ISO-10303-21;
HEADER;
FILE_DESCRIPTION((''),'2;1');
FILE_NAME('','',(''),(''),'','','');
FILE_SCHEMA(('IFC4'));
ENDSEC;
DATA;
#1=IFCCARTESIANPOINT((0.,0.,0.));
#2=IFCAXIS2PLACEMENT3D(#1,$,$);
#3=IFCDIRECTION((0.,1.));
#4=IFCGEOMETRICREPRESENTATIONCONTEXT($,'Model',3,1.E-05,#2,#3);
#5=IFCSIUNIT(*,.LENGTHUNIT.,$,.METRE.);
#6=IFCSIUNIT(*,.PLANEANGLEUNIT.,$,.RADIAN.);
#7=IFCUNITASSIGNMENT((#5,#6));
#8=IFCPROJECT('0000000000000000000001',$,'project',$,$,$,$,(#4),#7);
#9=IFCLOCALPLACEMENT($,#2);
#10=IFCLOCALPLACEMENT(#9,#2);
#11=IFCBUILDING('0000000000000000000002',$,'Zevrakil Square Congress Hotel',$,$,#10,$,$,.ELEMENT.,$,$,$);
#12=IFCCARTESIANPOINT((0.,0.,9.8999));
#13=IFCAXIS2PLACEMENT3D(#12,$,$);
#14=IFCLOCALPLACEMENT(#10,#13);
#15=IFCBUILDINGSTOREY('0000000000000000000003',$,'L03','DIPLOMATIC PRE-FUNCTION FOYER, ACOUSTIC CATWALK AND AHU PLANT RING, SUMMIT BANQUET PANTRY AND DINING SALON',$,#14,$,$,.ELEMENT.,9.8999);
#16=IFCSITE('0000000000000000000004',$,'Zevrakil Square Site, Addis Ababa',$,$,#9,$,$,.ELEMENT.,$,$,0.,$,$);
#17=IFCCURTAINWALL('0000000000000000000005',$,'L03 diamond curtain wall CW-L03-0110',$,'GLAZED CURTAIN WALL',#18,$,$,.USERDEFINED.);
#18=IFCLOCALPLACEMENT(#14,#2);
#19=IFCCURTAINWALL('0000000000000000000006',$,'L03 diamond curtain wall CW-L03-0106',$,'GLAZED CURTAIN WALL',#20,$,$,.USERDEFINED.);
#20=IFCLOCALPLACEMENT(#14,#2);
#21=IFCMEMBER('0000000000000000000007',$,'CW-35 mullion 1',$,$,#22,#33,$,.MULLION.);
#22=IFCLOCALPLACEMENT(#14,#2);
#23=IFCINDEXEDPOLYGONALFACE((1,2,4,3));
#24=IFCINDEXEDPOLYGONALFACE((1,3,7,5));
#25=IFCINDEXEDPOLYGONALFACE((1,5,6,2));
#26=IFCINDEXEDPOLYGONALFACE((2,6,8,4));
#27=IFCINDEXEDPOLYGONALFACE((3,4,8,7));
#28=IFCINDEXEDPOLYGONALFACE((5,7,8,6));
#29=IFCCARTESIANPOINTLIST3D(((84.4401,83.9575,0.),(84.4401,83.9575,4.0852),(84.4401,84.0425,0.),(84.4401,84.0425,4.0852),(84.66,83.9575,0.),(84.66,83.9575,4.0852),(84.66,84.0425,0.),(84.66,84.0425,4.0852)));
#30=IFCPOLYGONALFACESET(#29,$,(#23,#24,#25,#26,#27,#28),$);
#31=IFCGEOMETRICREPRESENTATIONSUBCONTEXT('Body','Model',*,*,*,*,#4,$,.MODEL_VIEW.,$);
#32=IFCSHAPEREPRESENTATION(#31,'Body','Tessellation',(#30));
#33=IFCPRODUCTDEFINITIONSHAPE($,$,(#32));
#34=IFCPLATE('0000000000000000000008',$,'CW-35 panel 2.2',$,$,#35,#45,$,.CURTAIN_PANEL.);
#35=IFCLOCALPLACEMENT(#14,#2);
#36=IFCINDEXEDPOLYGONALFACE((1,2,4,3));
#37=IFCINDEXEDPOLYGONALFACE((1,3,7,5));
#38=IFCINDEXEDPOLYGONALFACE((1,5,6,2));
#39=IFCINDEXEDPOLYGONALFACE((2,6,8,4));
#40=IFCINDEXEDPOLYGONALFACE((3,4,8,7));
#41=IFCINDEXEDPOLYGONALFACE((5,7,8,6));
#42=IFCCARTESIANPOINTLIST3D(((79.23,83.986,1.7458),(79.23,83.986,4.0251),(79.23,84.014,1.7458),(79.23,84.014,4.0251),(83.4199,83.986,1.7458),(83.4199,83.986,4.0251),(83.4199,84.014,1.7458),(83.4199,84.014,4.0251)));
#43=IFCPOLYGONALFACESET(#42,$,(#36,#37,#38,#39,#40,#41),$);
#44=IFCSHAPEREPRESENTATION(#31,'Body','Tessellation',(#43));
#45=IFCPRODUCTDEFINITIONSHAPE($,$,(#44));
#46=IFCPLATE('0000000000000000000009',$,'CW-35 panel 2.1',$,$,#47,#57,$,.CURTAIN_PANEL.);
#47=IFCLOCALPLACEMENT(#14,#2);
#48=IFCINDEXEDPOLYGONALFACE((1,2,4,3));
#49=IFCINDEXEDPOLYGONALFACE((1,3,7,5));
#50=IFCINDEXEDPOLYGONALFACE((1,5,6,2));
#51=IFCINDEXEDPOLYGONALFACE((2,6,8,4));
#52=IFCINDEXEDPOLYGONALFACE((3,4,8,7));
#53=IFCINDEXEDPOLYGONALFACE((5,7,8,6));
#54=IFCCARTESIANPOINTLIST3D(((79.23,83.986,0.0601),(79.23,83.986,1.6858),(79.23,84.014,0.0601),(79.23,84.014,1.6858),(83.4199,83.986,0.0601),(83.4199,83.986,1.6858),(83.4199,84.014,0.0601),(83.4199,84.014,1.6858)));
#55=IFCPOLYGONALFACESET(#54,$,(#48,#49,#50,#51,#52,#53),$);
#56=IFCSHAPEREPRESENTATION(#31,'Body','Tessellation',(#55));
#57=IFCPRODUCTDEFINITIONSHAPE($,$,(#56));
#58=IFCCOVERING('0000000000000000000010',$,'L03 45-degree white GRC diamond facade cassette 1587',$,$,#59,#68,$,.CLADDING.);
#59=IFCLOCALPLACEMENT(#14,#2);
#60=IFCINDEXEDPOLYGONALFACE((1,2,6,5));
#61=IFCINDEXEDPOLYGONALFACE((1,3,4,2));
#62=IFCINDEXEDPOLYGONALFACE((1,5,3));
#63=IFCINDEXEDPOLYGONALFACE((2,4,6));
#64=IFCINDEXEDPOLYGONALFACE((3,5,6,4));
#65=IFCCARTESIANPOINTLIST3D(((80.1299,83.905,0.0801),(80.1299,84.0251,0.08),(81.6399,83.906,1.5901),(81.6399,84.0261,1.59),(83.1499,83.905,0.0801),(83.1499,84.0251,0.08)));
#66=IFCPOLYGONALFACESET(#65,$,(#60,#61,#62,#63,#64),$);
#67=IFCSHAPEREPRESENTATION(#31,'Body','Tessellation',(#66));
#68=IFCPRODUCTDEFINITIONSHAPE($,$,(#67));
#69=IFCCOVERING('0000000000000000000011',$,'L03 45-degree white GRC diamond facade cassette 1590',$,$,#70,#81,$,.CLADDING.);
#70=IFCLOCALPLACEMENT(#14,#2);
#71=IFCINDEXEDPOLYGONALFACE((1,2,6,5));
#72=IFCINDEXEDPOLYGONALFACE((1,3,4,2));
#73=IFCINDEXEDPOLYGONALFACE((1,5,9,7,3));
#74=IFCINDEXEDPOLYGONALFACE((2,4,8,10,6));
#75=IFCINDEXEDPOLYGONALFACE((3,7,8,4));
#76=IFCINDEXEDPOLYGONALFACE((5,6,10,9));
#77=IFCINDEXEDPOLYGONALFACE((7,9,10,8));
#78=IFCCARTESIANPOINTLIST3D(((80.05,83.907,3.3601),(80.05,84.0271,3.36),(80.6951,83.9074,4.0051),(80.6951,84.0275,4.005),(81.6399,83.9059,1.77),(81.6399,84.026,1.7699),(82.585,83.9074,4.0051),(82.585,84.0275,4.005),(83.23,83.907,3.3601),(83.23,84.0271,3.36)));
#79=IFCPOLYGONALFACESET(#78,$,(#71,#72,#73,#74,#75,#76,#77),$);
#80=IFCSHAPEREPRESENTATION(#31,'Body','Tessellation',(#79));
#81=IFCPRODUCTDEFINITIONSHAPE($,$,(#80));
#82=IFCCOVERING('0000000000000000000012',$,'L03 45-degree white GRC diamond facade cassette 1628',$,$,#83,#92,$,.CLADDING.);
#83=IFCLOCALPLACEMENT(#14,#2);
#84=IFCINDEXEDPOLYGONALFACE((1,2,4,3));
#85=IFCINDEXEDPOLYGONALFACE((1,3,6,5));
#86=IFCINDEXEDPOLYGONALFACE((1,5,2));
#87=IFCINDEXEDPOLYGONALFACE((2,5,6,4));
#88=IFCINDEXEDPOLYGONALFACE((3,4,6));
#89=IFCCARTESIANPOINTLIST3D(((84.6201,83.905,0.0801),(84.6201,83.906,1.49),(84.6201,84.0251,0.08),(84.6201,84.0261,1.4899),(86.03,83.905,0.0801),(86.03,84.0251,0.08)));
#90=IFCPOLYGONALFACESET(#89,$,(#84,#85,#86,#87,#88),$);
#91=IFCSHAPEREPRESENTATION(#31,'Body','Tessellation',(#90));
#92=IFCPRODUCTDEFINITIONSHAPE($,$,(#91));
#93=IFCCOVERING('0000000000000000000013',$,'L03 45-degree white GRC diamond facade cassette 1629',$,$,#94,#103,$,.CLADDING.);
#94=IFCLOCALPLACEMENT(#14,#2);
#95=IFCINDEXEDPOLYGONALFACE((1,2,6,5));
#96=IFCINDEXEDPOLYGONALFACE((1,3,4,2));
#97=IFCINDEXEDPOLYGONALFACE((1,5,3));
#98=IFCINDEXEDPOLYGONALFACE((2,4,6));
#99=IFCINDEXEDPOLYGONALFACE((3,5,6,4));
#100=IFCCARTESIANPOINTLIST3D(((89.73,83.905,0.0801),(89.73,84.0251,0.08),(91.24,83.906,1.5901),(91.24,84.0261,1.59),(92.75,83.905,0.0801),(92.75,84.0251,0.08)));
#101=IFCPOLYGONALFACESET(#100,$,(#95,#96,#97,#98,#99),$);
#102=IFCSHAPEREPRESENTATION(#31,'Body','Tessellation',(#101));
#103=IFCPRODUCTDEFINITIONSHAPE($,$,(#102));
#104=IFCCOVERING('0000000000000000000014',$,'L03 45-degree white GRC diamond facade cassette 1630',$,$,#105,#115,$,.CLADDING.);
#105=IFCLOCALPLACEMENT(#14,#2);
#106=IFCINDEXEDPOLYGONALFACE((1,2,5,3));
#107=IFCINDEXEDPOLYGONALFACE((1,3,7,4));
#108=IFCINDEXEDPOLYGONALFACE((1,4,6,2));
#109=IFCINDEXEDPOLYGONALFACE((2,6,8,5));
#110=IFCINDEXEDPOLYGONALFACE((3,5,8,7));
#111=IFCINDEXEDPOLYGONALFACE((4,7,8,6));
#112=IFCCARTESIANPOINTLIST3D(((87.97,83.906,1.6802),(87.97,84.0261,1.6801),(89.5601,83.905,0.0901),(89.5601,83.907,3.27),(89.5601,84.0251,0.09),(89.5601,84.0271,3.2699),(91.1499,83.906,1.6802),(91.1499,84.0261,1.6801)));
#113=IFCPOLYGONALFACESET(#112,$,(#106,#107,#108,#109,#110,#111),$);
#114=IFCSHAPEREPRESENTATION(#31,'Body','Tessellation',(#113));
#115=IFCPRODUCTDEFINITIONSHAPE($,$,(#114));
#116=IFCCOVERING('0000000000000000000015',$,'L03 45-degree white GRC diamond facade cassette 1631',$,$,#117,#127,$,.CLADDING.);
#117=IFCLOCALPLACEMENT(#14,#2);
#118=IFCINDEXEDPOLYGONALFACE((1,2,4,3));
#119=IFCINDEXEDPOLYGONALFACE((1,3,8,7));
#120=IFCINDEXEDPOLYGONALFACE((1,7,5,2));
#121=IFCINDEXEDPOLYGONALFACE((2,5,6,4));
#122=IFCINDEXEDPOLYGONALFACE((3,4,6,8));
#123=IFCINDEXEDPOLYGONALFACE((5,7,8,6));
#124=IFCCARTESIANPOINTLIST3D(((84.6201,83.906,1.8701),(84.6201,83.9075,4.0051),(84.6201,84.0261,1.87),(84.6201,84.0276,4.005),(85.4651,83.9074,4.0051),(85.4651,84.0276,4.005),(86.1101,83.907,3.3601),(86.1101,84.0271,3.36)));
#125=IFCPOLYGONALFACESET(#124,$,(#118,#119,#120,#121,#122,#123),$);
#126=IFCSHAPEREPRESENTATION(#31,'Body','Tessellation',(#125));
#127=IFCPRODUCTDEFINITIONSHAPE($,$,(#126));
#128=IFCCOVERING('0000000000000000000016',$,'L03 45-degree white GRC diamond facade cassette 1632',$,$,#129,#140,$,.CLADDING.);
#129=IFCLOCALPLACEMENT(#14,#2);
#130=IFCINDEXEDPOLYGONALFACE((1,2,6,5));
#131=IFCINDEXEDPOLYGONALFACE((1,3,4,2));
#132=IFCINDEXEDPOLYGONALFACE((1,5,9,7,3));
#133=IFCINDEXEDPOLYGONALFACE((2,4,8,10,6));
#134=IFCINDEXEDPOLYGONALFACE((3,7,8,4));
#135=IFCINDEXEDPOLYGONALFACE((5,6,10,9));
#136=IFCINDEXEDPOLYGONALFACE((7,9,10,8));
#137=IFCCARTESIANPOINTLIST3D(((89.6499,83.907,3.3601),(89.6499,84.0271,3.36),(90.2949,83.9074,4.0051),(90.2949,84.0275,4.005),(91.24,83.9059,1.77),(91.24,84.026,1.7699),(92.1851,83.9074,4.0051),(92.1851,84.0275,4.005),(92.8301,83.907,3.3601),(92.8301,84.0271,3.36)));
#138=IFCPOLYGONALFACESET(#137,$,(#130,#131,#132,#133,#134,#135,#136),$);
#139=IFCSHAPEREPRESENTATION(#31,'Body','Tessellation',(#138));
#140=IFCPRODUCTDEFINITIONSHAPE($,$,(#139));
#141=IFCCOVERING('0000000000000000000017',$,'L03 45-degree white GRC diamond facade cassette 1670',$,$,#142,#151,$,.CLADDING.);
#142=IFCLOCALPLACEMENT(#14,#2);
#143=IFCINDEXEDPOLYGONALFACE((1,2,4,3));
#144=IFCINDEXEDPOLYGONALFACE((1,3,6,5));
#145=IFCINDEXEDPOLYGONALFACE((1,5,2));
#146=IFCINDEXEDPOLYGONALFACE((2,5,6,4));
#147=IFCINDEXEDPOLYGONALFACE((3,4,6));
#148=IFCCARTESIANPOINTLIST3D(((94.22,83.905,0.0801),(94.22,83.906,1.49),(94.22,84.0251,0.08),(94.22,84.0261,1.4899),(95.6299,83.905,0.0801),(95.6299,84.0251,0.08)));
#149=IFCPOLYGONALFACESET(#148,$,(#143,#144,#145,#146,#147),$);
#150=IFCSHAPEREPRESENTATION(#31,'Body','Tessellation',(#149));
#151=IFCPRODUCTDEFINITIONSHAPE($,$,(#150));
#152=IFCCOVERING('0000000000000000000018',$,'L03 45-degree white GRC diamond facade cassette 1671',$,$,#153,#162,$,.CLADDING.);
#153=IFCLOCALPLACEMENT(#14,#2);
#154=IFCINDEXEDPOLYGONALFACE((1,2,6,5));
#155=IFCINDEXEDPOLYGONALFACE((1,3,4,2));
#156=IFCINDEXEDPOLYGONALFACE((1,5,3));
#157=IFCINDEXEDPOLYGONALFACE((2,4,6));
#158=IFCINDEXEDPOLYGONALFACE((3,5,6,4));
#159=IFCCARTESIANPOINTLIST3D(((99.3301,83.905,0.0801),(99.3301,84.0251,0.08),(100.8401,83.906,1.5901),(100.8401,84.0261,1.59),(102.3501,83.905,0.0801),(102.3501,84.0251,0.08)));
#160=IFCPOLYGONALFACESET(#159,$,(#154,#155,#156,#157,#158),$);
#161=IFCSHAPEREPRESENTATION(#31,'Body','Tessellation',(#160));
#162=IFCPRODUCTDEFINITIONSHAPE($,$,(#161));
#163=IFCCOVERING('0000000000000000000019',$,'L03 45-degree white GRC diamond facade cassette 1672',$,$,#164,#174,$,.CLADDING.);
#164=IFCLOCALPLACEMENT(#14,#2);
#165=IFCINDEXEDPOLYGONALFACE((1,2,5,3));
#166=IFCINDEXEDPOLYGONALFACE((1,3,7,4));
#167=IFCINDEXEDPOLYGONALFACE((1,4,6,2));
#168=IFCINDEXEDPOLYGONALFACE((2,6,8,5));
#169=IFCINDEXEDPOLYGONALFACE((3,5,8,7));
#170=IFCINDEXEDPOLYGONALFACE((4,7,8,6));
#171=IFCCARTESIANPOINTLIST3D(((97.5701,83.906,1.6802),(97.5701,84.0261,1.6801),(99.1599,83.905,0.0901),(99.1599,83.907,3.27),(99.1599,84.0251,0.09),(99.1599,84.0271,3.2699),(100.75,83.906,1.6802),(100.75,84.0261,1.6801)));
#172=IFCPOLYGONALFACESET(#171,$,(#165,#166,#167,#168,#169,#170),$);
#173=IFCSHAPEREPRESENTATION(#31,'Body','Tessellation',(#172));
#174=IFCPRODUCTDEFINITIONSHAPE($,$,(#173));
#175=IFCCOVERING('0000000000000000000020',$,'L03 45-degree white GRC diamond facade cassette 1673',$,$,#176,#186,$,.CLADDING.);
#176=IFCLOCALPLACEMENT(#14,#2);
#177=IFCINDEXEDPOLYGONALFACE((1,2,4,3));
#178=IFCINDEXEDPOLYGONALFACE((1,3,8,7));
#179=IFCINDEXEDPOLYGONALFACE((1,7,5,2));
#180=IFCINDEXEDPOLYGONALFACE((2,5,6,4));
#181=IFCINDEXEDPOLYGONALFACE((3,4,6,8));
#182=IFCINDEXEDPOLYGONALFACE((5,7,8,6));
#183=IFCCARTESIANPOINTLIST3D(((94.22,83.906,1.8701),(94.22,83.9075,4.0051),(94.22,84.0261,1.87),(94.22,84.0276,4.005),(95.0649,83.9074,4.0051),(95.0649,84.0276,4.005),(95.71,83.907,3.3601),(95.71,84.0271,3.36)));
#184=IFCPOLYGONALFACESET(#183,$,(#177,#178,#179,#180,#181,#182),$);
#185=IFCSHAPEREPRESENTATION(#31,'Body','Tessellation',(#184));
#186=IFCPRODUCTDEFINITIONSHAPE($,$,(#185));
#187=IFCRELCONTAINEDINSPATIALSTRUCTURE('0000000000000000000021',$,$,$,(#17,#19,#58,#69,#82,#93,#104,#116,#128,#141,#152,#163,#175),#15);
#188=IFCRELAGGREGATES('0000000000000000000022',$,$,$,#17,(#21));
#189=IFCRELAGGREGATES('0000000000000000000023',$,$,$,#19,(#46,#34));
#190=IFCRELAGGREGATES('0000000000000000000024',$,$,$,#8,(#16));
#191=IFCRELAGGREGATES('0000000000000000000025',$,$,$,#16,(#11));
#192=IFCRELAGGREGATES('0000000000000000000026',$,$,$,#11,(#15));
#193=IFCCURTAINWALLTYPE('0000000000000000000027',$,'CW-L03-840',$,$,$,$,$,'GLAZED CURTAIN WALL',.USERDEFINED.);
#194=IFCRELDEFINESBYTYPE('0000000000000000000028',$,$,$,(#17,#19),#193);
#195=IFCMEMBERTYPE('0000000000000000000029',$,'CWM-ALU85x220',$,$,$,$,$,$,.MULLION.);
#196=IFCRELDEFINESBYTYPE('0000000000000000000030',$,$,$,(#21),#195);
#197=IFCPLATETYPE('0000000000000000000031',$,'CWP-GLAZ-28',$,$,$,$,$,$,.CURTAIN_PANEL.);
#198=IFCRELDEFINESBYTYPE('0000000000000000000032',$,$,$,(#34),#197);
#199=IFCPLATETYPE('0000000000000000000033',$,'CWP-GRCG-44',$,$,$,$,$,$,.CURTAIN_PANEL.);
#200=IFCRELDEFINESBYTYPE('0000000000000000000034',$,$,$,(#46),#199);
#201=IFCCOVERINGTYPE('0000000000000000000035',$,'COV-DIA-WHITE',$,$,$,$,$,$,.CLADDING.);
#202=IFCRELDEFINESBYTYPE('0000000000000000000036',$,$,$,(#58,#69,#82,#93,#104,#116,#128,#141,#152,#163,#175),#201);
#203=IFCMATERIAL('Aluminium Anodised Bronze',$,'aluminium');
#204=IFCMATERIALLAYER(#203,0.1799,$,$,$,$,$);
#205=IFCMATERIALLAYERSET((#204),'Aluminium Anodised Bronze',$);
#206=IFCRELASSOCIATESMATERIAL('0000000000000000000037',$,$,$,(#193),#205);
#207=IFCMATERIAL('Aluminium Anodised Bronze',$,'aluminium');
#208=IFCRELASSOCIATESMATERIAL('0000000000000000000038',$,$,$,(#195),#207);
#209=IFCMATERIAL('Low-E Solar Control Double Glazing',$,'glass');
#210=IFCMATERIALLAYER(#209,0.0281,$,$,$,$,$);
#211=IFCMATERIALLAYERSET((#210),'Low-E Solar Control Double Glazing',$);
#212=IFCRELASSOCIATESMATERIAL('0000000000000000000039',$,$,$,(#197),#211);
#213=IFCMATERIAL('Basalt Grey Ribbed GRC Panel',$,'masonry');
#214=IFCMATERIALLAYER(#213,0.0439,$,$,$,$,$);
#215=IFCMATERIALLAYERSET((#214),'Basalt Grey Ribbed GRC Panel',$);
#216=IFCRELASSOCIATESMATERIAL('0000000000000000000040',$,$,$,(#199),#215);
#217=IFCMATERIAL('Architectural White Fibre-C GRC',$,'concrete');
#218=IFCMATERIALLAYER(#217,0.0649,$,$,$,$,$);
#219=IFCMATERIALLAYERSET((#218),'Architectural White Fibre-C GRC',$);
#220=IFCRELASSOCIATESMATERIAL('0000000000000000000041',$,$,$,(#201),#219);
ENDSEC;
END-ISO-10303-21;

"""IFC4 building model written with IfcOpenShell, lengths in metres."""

from ifc_helpers import new_model, si_unit, direction, frame, origin, origin_2d, place, context, subcontext, project, spatial, polyline, rectangle, outline, extrude, material, layer, layer_set, material_profile, profile_set, type_object, element, aggregate, save


model = new_model("IFC4")

# Units and contexts
model_context = context("Model", 3, precision=1e-05, world=origin(), true_north=direction((0.0, 1.0)))
body_context = subcontext(model_context, "Body", "Model", "MODEL_VIEW")
ifc_project = project(units=[si_unit("LENGTHUNIT", "METRE"), si_unit("PLANEANGLEUNIT", "RADIAN")], contexts=[model_context])

# Site, building, storey
site_placement = place(None, origin())
site = spatial("IfcSite", under=ifc_project, at=site_placement, Name="Zevrakil Square Site, Addis Ababa", CompositionType="ELEMENT", RefElevation=0.0)
building_placement = place(site_placement, origin())
building = spatial("IfcBuilding", under=site, at=building_placement, Name="Zevrakil Square Congress Hotel", CompositionType="ELEMENT")
storey_placement = place(building_placement, frame((0.0, 0.0, 9.8999)))
storey = spatial("IfcBuildingStorey", under=building, at=storey_placement, Name="L03", Description="DIPLOMATIC PRE-FUNCTION FOYER, ACOUSTIC CATWALK AND AHU PLANT RING, SUMMIT BANQUET PANTRY AND DINING SALON", CompositionType="ELEMENT", Elevation=9.8999)

# Curtain wall
ifc_material_1 = material(Name="Aluminium Anodised Bronze", Category="aluminium")
ifc_layer_1 = layer(ifc_material_1, 0.1799)
ifc_layer_set_1 = layer_set([ifc_layer_1], Name="Aluminium Anodised Bronze")
curtain_wall_type = type_object("IfcCurtainWallType", Name="CW-L03-840", ElementType="GLAZED CURTAIN WALL", PredefinedType="USERDEFINED", material=ifc_layer_set_1)
curtain_wall_1_placement = place(storey_placement, origin())
curtain_wall_1 = element("IfcCurtainWall", 1, at=curtain_wall_1_placement, inside=storey, type_object=curtain_wall_type, Name="L03 diamond curtain wall CW-L03-0110", ObjectType="GLAZED CURTAIN WALL", PredefinedType="USERDEFINED")

# Curtain wall
curtain_wall_2_placement = place(storey_placement, origin())
curtain_wall_2 = element("IfcCurtainWall", 2, at=curtain_wall_2_placement, inside=storey, type_object=curtain_wall_type, Name="L03 diamond curtain wall CW-L03-0106", ObjectType="GLAZED CURTAIN WALL", PredefinedType="USERDEFINED")
ifc_material_2 = material(Name="Aluminium Anodised Bronze", Category="aluminium")
ifc_material_profile_1 = material_profile(ifc_material_2, rectangle(XDim=0.085, YDim=0.22, at=origin_2d()), Name="ALU 85x220")
ifc_profile_set_1 = profile_set([ifc_material_profile_1], Name="Aluminium Anodised Bronze")
member_type_1 = type_object("IfcMemberType", Name="CWM-ALU85x220", PredefinedType="MULLION", material=ifc_profile_set_1)

# Member
member_1_placement = place(storey_placement, frame((84.55, 84.0, 0.0), z_axis=(0.0, 0.0, 1.0), x_axis=(0.0, 1.0, 0.0)))
member_1 = element("IfcMember", 3, at=member_1_placement, type_object=member_type_1, Name="CW-35 mullion 1", PredefinedType="MULLION", context=body_context, shape_type="SweptSolid", body=[
    extrude(rectangle(XDim=0.085, YDim=0.22, at=origin_2d()), origin(), (0.0, 0.0, 1.0), 4.0852),
])
aggregate(curtain_wall_1, [member_1])

# Plates
ifc_material_3 = material(Name="Low-E Solar Control Double Glazing", Category="glass")
ifc_layer_2 = layer(ifc_material_3, 0.0281)
ifc_layer_set_2 = layer_set([ifc_layer_2], Name="Low-E Solar Control Double Glazing")
plate_type_1 = type_object("IfcPlateType", Name="CWP-GLAZ-28", PredefinedType="CURTAIN_PANEL", material=ifc_layer_set_2)
plate_1_placement = place(storey_placement, frame((81.325, 84.0, 1.7458), z_axis=(0.0, 0.0, 1.0), x_axis=(1.0, 0.0, 0.0)))
plate_1 = element("IfcPlate", 4, at=plate_1_placement, type_object=plate_type_1, Name="CW-35 panel 2.2", PredefinedType="CURTAIN_PANEL", context=body_context, shape_type="SweptSolid", body=[
    extrude(rectangle(XDim=4.1899, YDim=0.0281, at=origin_2d()), origin(), (0.0, 0.0, 1.0), 2.2793),
])
ifc_material_4 = material(Name="Basalt Grey Ribbed GRC Panel", Category="masonry")
ifc_layer_3 = layer(ifc_material_4, 0.0439)
ifc_layer_set_3 = layer_set([ifc_layer_3], Name="Basalt Grey Ribbed GRC Panel")
plate_type_2 = type_object("IfcPlateType", Name="CWP-GRCG-44", PredefinedType="CURTAIN_PANEL", material=ifc_layer_set_3)
plate_2_placement = place(storey_placement, frame((81.325, 84.0, 0.0601), z_axis=(0.0, 0.0, 1.0), x_axis=(1.0, 0.0, 0.0)))
plate_2 = element("IfcPlate", 5, at=plate_2_placement, type_object=plate_type_2, Name="CW-35 panel 2.1", PredefinedType="CURTAIN_PANEL", context=body_context, shape_type="SweptSolid", body=[
    extrude(rectangle(XDim=4.1899, YDim=0.0281, at=origin_2d()), origin(), (0.0, 0.0, 1.0), 1.6257),
])
aggregate(curtain_wall_2, [plate_2, plate_1])

# Coverings
ifc_material_5 = material(Name="Architectural White Fibre-C GRC", Category="concrete")
ifc_layer_4 = layer(ifc_material_5, 0.0649)
ifc_layer_set_4 = layer_set([ifc_layer_4], Name="Architectural White Fibre-C GRC")
covering_type_1 = type_object("IfcCoveringType", Name="COV-DIA-WHITE", PredefinedType="CLADDING", material=ifc_layer_set_4)
covering_1_placement = place(storey_placement, frame((81.6399, 83.906, 1.5901), z_axis=(0.0, -1.0, 0.000647), x_axis=(0.707107, -0.000457, -0.707107)))
element("IfcCovering", 6, at=covering_1_placement, inside=storey, type_object=covering_type_1, Name="L03 45-degree white GRC diamond facade cassette 1587", PredefinedType="CLADDING", context=body_context, shape_type="SweptSolid", body=[
    extrude(outline(polyline([(0.0, 0.0), (2.1355, 0.0), (0.0, -2.1355), (0.0, 0.0)])), origin(), (0.0, 0.0, -1.0), 0.1201),
])
covering_2_placement = place(storey_placement, frame((83.23, 83.907, 3.3601), z_axis=(0.0, -1.0, 0.00067), x_axis=(-0.707107, -0.000474, -0.707107)))
element("IfcCovering", 7, at=covering_2_placement, inside=storey, type_object=covering_type_1, Name="L03 45-degree white GRC diamond facade cassette 1590", PredefinedType="CLADDING", context=body_context, shape_type="SweptSolid", body=[
    extrude(outline(polyline([(0.0, 0.0), (2.2487, 0.0), (2.2486, -2.2486), (1.3364, -2.2486), (0.0, -0.9122), (0.0, 0.0)])), origin(), (0.0, 0.0, -1.0), 0.1201),
])
covering_3_placement = place(storey_placement, frame((86.03, 83.905, 0.0801), z_axis=(0.0, -1.0, 0.000693), x_axis=(-1.0, 0.0, 0.0)))
element("IfcCovering", 8, at=covering_3_placement, inside=storey, type_object=covering_type_1, Name="L03 45-degree white GRC diamond facade cassette 1628", PredefinedType="CLADDING", context=body_context, shape_type="SweptSolid", body=[
    extrude(outline(polyline([(0.0, 0.0), (1.4099, 0.0), (1.4099, -1.4099), (0.0, 0.0)])), origin(), (0.0, 0.0, -1.0), 0.1201),
])
covering_4_placement = place(storey_placement, frame((91.24, 83.906, 1.5901), z_axis=(0.0, -1.0, 0.000647), x_axis=(0.707107, -0.000457, -0.707107)))
element("IfcCovering", 9, at=covering_4_placement, inside=storey, type_object=covering_type_1, Name="L03 45-degree white GRC diamond facade cassette 1629", PredefinedType="CLADDING", context=body_context, shape_type="SweptSolid", body=[
    extrude(outline(polyline([(0.0, 0.0), (2.1355, 0.0), (0.0, -2.1355), (0.0, 0.0)])), origin(), (0.0, 0.0, -1.0), 0.1201),
])
covering_5_placement = place(storey_placement, frame((89.5601, 83.907, 3.27), z_axis=(0.0, -1.0, 0.000614), x_axis=(0.707107, -0.000434, -0.707107)))
element("IfcCovering", 10, at=covering_5_placement, inside=storey, type_object=covering_type_1, Name="L03 45-degree white GRC diamond facade cassette 1630", PredefinedType="CLADDING", context=body_context, shape_type="SweptSolid", body=[
    extrude(outline(polyline([(0.0, 0.0), (2.2484, 0.0), (2.2486, -2.2486), (-0.0002, -2.2486), (0.0, 0.0)])), origin(), (0.0, 0.0, -1.0), 0.1201),
])
covering_6_placement = place(storey_placement, frame((86.1101, 83.907, 3.3601), z_axis=(-0.000026, -1.0, 0.000696), x_axis=(-0.707107, -0.000474, -0.707107)))
element("IfcCovering", 11, at=covering_6_placement, inside=storey, type_object=covering_type_1, Name="L03 45-degree white GRC diamond facade cassette 1631", PredefinedType="CLADDING", context=body_context, shape_type="SweptSolid", body=[
    extrude(outline(polyline([(0.0, 0.0), (2.1072, 0.0), (0.5975, -1.5097), (0.0, -0.9122), (0.0, 0.0)])), origin(), (0.0, 0.0, -1.0), 0.1201),
])
covering_7_placement = place(storey_placement, frame((92.8301, 83.907, 3.3601), z_axis=(0.0, -1.0, 0.00067), x_axis=(-0.707107, -0.000474, -0.707107)))
element("IfcCovering", 12, at=covering_7_placement, inside=storey, type_object=covering_type_1, Name="L03 45-degree white GRC diamond facade cassette 1632", PredefinedType="CLADDING", context=body_context, shape_type="SweptSolid", body=[
    extrude(outline(polyline([(0.0, 0.0), (2.2487, 0.0), (2.2487, -2.2487), (1.3365, -2.2487), (0.0, -0.9122), (0.0, 0.0)])), origin(), (0.0, 0.0, -1.0), 0.1201),
])
covering_8_placement = place(storey_placement, frame((95.6299, 83.905, 0.0801), z_axis=(0.0, -1.0, 0.000693), x_axis=(-1.0, 0.0, 0.0)))
element("IfcCovering", 13, at=covering_8_placement, inside=storey, type_object=covering_type_1, Name="L03 45-degree white GRC diamond facade cassette 1670", PredefinedType="CLADDING", context=body_context, shape_type="SweptSolid", body=[
    extrude(outline(polyline([(0.0, 0.0), (1.4099, 0.0), (1.4099, -1.4099), (0.0, 0.0)])), origin(), (0.0, 0.0, -1.0), 0.1201),
])
covering_9_placement = place(storey_placement, frame((100.8401, 83.906, 1.5901), z_axis=(0.0, -1.0, 0.000647), x_axis=(0.707107, -0.000457, -0.707107)))
element("IfcCovering", 14, at=covering_9_placement, inside=storey, type_object=covering_type_1, Name="L03 45-degree white GRC diamond facade cassette 1671", PredefinedType="CLADDING", context=body_context, shape_type="SweptSolid", body=[
    extrude(outline(polyline([(0.0, 0.0), (2.1355, 0.0), (0.0, -2.1355), (0.0, 0.0)])), origin(), (0.0, 0.0, -1.0), 0.1201),
])
covering_10_placement = place(storey_placement, frame((99.1599, 83.907, 3.27), z_axis=(0.0, -1.0, 0.000614), x_axis=(0.707161, -0.000434, -0.707052)))
element("IfcCovering", 15, at=covering_10_placement, inside=storey, type_object=covering_type_1, Name="L03 45-degree white GRC diamond facade cassette 1672", PredefinedType="CLADDING", context=body_context, shape_type="SweptSolid", body=[
    extrude(outline(polyline([(0.0, 0.0), (2.2486, 0.0), (2.2484, -2.2487), (-0.0002, -2.2484), (0.0, 0.0)])), origin(), (0.0, 0.0, -1.0), 0.1201),
])
covering_11_placement = place(storey_placement, frame((95.71, 83.907, 3.3601), z_axis=(-0.000026, -1.0, 0.000696), x_axis=(-0.707107, -0.000474, -0.707107)))
element("IfcCovering", 16, at=covering_11_placement, inside=storey, type_object=covering_type_1, Name="L03 45-degree white GRC diamond facade cassette 1673", PredefinedType="CLADDING", context=body_context, shape_type="SweptSolid", body=[
    extrude(outline(polyline([(0.0, 0.0), (2.1072, 0.0), (0.5975, -1.5097), (0.0, -0.9122), (0.0, 0.0)])), origin(), (0.0, 0.0, -1.0), 0.1201),
])

save(model, "model.ifc")
